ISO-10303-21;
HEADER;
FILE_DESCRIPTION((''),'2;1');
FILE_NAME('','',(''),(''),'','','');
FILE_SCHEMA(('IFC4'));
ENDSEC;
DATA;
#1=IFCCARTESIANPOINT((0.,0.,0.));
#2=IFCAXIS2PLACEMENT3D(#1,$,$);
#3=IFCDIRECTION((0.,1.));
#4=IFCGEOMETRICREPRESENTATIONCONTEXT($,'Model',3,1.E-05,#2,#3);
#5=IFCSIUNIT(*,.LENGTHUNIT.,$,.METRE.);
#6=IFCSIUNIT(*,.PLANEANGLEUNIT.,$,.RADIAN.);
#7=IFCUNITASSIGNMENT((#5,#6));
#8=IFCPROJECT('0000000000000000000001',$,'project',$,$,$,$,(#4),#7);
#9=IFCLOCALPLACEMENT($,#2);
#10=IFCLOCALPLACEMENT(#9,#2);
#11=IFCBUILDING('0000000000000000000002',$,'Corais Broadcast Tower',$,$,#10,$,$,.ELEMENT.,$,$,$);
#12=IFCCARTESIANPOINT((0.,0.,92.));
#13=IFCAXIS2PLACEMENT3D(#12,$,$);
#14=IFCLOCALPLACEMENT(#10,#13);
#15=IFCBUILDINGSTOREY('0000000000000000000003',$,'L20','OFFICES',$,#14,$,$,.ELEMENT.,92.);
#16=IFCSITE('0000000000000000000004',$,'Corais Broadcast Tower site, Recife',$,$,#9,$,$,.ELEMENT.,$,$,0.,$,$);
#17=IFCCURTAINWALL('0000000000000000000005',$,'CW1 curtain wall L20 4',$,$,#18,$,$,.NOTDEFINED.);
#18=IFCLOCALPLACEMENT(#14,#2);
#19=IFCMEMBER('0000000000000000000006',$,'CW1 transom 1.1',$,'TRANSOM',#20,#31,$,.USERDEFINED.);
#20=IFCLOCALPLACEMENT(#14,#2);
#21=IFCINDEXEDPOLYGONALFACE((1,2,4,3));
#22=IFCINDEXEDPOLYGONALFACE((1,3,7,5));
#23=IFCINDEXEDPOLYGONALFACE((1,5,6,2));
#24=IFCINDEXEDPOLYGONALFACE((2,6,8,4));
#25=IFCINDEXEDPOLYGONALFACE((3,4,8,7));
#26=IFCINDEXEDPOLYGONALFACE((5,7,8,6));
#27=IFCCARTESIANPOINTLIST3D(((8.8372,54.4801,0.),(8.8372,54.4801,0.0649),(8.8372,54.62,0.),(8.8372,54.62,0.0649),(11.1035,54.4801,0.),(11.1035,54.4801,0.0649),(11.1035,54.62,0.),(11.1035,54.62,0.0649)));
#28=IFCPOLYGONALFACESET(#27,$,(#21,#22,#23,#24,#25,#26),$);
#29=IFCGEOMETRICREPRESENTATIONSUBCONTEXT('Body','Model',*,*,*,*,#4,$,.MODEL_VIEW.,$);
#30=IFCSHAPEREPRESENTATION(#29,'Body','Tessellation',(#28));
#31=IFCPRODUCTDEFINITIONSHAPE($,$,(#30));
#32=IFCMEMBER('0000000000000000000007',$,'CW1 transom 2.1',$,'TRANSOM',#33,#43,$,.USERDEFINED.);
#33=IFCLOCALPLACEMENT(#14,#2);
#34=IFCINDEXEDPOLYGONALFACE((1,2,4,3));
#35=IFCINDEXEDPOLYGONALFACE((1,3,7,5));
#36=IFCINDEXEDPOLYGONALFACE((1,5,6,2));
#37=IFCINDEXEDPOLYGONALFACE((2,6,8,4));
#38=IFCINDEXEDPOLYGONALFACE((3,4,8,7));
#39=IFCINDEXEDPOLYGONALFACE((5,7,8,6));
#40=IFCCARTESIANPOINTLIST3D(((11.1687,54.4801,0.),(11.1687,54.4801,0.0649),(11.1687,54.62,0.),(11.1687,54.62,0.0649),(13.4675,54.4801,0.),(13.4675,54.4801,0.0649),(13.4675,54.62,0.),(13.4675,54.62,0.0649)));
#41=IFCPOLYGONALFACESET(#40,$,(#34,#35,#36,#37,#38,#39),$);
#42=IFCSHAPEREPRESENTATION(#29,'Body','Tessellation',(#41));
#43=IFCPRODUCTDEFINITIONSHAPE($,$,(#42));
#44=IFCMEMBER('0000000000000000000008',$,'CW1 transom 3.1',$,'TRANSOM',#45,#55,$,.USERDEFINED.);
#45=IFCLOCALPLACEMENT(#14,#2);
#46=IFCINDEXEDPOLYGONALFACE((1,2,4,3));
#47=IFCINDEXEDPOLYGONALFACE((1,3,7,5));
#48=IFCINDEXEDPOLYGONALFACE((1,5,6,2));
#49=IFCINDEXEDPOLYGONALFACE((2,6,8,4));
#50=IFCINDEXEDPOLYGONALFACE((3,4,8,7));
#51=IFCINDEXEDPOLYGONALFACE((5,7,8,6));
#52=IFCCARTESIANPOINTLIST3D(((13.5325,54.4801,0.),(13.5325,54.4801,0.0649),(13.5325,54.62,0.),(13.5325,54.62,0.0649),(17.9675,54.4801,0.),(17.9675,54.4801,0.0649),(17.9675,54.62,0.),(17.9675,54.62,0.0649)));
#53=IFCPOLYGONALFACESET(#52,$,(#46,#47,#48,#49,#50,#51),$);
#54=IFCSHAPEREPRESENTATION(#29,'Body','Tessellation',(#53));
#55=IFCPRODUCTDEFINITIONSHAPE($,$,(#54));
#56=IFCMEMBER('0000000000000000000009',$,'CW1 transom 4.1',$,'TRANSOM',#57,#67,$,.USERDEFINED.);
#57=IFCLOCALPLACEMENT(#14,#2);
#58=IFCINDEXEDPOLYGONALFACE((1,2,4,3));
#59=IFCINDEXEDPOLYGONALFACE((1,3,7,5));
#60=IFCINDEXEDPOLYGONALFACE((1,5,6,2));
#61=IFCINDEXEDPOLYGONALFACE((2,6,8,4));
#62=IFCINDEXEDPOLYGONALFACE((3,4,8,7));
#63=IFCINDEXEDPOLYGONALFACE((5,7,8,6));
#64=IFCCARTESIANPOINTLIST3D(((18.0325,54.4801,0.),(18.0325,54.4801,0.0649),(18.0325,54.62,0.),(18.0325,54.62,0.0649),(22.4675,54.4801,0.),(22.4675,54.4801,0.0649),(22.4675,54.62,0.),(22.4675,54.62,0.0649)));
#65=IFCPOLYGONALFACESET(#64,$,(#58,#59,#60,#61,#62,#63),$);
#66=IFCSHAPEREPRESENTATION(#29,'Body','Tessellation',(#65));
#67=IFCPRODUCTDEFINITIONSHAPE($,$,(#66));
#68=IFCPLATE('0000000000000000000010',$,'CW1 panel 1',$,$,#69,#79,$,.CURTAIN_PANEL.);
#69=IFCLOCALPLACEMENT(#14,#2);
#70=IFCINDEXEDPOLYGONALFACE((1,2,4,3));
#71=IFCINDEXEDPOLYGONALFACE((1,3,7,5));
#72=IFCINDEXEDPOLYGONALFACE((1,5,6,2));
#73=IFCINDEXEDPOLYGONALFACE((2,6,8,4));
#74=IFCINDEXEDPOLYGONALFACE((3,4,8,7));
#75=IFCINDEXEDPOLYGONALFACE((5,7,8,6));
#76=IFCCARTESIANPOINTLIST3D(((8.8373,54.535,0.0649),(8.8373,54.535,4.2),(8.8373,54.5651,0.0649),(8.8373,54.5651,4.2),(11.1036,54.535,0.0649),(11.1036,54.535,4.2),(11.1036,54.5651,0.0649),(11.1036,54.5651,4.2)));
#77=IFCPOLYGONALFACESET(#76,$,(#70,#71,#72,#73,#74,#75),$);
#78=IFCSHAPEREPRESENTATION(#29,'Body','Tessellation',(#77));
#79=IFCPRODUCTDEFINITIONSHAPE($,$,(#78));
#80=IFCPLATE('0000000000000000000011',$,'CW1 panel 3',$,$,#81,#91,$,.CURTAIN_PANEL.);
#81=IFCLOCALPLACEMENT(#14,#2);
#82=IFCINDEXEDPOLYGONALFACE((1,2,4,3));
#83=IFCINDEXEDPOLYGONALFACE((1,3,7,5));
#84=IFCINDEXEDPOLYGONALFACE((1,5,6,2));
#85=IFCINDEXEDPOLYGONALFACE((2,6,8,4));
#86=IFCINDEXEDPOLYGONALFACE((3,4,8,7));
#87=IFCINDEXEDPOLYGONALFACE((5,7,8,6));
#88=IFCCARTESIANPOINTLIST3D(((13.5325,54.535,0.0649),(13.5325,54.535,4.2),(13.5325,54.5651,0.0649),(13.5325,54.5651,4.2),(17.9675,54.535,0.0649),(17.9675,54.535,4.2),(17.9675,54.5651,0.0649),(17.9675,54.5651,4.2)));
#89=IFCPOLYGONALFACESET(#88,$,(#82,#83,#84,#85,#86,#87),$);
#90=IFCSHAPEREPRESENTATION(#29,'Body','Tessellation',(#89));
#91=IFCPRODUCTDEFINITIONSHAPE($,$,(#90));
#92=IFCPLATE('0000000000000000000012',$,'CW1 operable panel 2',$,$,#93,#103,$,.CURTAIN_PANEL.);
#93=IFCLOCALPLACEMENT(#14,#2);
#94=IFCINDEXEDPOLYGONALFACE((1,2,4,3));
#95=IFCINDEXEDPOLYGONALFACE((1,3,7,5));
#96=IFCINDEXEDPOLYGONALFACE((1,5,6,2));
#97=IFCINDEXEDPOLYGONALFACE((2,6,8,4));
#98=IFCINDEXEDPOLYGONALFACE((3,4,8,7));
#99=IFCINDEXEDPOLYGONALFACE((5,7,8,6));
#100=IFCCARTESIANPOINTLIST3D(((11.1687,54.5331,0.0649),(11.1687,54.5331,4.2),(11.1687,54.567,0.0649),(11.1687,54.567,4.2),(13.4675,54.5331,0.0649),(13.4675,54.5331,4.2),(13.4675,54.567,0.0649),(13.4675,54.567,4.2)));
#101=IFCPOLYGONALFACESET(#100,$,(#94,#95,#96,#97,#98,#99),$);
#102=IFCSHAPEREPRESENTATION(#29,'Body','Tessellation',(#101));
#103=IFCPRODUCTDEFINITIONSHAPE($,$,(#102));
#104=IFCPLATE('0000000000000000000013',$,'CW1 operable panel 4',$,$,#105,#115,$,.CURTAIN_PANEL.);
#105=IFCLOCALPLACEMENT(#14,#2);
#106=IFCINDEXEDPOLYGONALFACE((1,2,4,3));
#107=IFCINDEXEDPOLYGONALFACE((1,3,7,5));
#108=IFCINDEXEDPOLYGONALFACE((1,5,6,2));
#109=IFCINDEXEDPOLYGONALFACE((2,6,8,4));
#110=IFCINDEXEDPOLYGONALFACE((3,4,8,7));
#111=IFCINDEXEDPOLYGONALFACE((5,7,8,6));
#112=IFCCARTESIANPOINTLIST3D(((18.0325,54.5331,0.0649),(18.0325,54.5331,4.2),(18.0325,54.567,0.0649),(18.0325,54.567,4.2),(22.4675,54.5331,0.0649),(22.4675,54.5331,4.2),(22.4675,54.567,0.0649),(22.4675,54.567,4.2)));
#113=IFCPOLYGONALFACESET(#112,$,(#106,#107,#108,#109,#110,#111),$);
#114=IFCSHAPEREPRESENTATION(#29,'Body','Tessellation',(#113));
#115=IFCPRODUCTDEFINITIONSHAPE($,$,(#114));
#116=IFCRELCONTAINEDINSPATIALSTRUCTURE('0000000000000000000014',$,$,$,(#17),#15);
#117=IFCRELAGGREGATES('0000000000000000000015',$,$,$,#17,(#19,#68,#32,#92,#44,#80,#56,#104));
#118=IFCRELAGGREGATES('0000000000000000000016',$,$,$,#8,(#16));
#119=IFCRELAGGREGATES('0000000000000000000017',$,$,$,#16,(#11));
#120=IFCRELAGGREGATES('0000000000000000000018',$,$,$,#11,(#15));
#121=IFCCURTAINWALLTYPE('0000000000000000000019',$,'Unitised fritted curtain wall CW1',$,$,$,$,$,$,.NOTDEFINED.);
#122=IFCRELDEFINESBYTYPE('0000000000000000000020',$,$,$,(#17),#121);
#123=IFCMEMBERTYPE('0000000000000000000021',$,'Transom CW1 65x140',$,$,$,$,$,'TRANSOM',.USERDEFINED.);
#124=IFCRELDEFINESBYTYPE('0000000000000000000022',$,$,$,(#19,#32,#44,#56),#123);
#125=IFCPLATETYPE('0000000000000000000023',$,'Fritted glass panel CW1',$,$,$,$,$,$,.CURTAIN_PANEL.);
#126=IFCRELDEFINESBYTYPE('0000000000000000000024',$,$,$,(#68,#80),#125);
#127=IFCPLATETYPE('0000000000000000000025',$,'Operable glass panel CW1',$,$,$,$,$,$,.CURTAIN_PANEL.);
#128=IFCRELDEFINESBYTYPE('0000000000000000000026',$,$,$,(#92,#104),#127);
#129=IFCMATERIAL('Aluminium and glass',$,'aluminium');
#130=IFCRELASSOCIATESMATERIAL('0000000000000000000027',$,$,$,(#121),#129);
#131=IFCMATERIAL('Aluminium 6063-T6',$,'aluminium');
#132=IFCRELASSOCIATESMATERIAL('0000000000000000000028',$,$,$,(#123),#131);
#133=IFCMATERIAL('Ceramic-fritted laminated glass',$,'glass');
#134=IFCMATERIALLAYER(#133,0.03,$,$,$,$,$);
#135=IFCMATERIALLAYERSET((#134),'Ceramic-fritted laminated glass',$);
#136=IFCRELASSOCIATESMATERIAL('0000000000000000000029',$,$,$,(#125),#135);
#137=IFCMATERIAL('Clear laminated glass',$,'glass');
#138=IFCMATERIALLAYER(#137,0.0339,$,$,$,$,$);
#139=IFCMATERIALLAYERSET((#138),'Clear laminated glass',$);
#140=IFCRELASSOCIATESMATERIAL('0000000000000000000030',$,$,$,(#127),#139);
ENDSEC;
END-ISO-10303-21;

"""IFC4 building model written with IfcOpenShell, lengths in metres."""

from ifc_helpers import new_model, si_unit, direction, frame, origin, origin_2d, place, context, subcontext, project, spatial, rectangle, extrude, material, layer, layer_set, material_profile, profile_set, type_object, element, aggregate, save


model = new_model("IFC4")

# Units and contexts
model_context = context("Model", 3, precision=1e-05, world=origin(), true_north=direction((0.0, 1.0)))
body_context = subcontext(model_context, "Body", "Model", "MODEL_VIEW")
ifc_project = project(units=[si_unit("LENGTHUNIT", "METRE"), si_unit("PLANEANGLEUNIT", "RADIAN")], contexts=[model_context])

# Site, building, storey
site_placement = place(None, origin())
site = spatial("IfcSite", under=ifc_project, at=site_placement, Name="Corais Broadcast Tower site, Recife", CompositionType="ELEMENT", RefElevation=0.0)
building_placement = place(site_placement, origin())
building = spatial("IfcBuilding", under=site, at=building_placement, Name="Corais Broadcast Tower", CompositionType="ELEMENT")
storey_placement = place(building_placement, frame((0.0, 0.0, 92.0)))
storey = spatial("IfcBuildingStorey", under=building, at=storey_placement, Name="L20", Description="OFFICES", CompositionType="ELEMENT", Elevation=92.0)

# Shared definitions
ifc_material_1 = material(Name="Aluminium and glass", Category="aluminium")
curtain_wall_type = type_object("IfcCurtainWallType", Name="Unitised fritted curtain wall CW1", PredefinedType="NOTDEFINED", material=ifc_material_1)

# Curtain wall
curtain_wall_1_placement = place(storey_placement, origin())
curtain_wall_1 = element("IfcCurtainWall", 1, at=curtain_wall_1_placement, inside=storey, type_object=curtain_wall_type, Name="CW1 curtain wall L20 4", PredefinedType="NOTDEFINED")

# Members
ifc_material_2 = material(Name="Aluminium 6063-T6", Category="aluminium")
ifc_material_profile_1 = material_profile(ifc_material_2, rectangle(XDim=0.1399, YDim=0.0649, at=origin_2d()), Name="Transom CW1 65x140")
ifc_profile_set_1 = profile_set([ifc_material_profile_1], Name="Aluminium 6063-T6")
member_type_1 = type_object("IfcMemberType", Name="Transom CW1 65x140", ElementType="TRANSOM", PredefinedType="USERDEFINED", material=ifc_profile_set_1)
member_1_placement = place(storey_placement, frame((8.8372, 54.55, 0.0325), z_axis=(1.0, 0.0, 0.0), x_axis=(0.0, 1.0, 0.0)))
member_1 = element("IfcMember", 2, at=member_1_placement, type_object=member_type_1, Name="CW1 transom 1.1", ObjectType="TRANSOM", PredefinedType="USERDEFINED", context=body_context, shape_type="SweptSolid", body=[
    extrude(rectangle(XDim=0.1399, YDim=0.0649, at=origin_2d()), origin(), (0.0, 0.0, 1.0), 2.2664),
])
member_2_placement = place(storey_placement, frame((11.1687, 54.55, 0.0325), z_axis=(1.0, 0.0, 0.0), x_axis=(0.0, 1.0, 0.0)))
member_2 = element("IfcMember", 3, at=member_2_placement, type_object=member_type_1, Name="CW1 transom 2.1", ObjectType="TRANSOM", PredefinedType="USERDEFINED", context=body_context, shape_type="SweptSolid", body=[
    extrude(rectangle(XDim=0.1399, YDim=0.0649, at=origin_2d()), origin(), (0.0, 0.0, 1.0), 2.2988),
])
member_3_placement = place(storey_placement, frame((13.5325, 54.55, 0.0325), z_axis=(1.0, 0.0, 0.0), x_axis=(0.0, 1.0, 0.0)))
member_3 = element("IfcMember", 4, at=member_3_placement, type_object=member_type_1, Name="CW1 transom 3.1", ObjectType="TRANSOM", PredefinedType="USERDEFINED", context=body_context, shape_type="SweptSolid", body=[
    extrude(rectangle(XDim=0.1399, YDim=0.0649, at=origin_2d()), origin(), (0.0, 0.0, 1.0), 4.4351),
])
member_4_placement = place(storey_placement, frame((18.0325, 54.55, 0.0325), z_axis=(1.0, 0.0, 0.0), x_axis=(0.0, 1.0, 0.0)))
member_4 = element("IfcMember", 5, at=member_4_placement, type_object=member_type_1, Name="CW1 transom 4.1", ObjectType="TRANSOM", PredefinedType="USERDEFINED", context=body_context, shape_type="SweptSolid", body=[
    extrude(rectangle(XDim=0.1399, YDim=0.0649, at=origin_2d()), origin(), (0.0, 0.0, 1.0), 4.4351),
])

# Plates
ifc_material_3 = material(Name="Ceramic-fritted laminated glass", Category="glass")
ifc_layer_1 = layer(ifc_material_3, 0.03)
ifc_layer_set_1 = layer_set([ifc_layer_1], Name="Ceramic-fritted laminated glass")
plate_type_1 = type_object("IfcPlateType", Name="Fritted glass panel CW1", PredefinedType="CURTAIN_PANEL", material=ifc_layer_set_1)
plate_1_placement = place(storey_placement, frame((9.9705, 54.55, 0.0649), z_axis=(0.0, 0.0, 1.0), x_axis=(1.0, 0.0, 0.0)))
plate_1 = element("IfcPlate", 6, at=plate_1_placement, type_object=plate_type_1, Name="CW1 panel 1", PredefinedType="CURTAIN_PANEL", context=body_context, shape_type="SweptSolid", body=[
    extrude(rectangle(XDim=2.2664, YDim=0.03, at=origin_2d()), origin(), (0.0, 0.0, 1.0), 4.135),
])
plate_2_placement = place(storey_placement, frame((15.75, 54.55, 0.0649), z_axis=(0.0, 0.0, 1.0), x_axis=(1.0, 0.0, 0.0)))
plate_2 = element("IfcPlate", 7, at=plate_2_placement, type_object=plate_type_1, Name="CW1 panel 3", PredefinedType="CURTAIN_PANEL", context=body_context, shape_type="SweptSolid", body=[
    extrude(rectangle(XDim=4.4351, YDim=0.03, at=origin_2d()), origin(), (0.0, 0.0, 1.0), 4.135),
])
ifc_material_4 = material(Name="Clear laminated glass", Category="glass")
ifc_layer_2 = layer(ifc_material_4, 0.0339)
ifc_layer_set_2 = layer_set([ifc_layer_2], Name="Clear laminated glass")
plate_type_2 = type_object("IfcPlateType", Name="Operable glass panel CW1", PredefinedType="CURTAIN_PANEL", material=ifc_layer_set_2)
plate_3_placement = place(storey_placement, frame((12.3181, 54.55, 0.0649), z_axis=(0.0, 0.0, 1.0), x_axis=(1.0, 0.0, 0.0)))
plate_3 = element("IfcPlate", 8, at=plate_3_placement, type_object=plate_type_2, Name="CW1 operable panel 2", PredefinedType="CURTAIN_PANEL", context=body_context, shape_type="SweptSolid", body=[
    extrude(rectangle(XDim=2.2988, YDim=0.0339, at=origin_2d()), origin(), (0.0, 0.0, 1.0), 4.135),
])
plate_4_placement = place(storey_placement, frame((20.25, 54.55, 0.0649), z_axis=(0.0, 0.0, 1.0), x_axis=(1.0, 0.0, 0.0)))
plate_4 = element("IfcPlate", 9, at=plate_4_placement, type_object=plate_type_2, Name="CW1 operable panel 4", PredefinedType="CURTAIN_PANEL", context=body_context, shape_type="SweptSolid", body=[
    extrude(rectangle(XDim=4.4351, YDim=0.0339, at=origin_2d()), origin(), (0.0, 0.0, 1.0), 4.135),
])
aggregate(curtain_wall_1, [member_1, plate_1, member_2, plate_3, member_3, plate_2, member_4, plate_4])

save(model, "model.ifc")
